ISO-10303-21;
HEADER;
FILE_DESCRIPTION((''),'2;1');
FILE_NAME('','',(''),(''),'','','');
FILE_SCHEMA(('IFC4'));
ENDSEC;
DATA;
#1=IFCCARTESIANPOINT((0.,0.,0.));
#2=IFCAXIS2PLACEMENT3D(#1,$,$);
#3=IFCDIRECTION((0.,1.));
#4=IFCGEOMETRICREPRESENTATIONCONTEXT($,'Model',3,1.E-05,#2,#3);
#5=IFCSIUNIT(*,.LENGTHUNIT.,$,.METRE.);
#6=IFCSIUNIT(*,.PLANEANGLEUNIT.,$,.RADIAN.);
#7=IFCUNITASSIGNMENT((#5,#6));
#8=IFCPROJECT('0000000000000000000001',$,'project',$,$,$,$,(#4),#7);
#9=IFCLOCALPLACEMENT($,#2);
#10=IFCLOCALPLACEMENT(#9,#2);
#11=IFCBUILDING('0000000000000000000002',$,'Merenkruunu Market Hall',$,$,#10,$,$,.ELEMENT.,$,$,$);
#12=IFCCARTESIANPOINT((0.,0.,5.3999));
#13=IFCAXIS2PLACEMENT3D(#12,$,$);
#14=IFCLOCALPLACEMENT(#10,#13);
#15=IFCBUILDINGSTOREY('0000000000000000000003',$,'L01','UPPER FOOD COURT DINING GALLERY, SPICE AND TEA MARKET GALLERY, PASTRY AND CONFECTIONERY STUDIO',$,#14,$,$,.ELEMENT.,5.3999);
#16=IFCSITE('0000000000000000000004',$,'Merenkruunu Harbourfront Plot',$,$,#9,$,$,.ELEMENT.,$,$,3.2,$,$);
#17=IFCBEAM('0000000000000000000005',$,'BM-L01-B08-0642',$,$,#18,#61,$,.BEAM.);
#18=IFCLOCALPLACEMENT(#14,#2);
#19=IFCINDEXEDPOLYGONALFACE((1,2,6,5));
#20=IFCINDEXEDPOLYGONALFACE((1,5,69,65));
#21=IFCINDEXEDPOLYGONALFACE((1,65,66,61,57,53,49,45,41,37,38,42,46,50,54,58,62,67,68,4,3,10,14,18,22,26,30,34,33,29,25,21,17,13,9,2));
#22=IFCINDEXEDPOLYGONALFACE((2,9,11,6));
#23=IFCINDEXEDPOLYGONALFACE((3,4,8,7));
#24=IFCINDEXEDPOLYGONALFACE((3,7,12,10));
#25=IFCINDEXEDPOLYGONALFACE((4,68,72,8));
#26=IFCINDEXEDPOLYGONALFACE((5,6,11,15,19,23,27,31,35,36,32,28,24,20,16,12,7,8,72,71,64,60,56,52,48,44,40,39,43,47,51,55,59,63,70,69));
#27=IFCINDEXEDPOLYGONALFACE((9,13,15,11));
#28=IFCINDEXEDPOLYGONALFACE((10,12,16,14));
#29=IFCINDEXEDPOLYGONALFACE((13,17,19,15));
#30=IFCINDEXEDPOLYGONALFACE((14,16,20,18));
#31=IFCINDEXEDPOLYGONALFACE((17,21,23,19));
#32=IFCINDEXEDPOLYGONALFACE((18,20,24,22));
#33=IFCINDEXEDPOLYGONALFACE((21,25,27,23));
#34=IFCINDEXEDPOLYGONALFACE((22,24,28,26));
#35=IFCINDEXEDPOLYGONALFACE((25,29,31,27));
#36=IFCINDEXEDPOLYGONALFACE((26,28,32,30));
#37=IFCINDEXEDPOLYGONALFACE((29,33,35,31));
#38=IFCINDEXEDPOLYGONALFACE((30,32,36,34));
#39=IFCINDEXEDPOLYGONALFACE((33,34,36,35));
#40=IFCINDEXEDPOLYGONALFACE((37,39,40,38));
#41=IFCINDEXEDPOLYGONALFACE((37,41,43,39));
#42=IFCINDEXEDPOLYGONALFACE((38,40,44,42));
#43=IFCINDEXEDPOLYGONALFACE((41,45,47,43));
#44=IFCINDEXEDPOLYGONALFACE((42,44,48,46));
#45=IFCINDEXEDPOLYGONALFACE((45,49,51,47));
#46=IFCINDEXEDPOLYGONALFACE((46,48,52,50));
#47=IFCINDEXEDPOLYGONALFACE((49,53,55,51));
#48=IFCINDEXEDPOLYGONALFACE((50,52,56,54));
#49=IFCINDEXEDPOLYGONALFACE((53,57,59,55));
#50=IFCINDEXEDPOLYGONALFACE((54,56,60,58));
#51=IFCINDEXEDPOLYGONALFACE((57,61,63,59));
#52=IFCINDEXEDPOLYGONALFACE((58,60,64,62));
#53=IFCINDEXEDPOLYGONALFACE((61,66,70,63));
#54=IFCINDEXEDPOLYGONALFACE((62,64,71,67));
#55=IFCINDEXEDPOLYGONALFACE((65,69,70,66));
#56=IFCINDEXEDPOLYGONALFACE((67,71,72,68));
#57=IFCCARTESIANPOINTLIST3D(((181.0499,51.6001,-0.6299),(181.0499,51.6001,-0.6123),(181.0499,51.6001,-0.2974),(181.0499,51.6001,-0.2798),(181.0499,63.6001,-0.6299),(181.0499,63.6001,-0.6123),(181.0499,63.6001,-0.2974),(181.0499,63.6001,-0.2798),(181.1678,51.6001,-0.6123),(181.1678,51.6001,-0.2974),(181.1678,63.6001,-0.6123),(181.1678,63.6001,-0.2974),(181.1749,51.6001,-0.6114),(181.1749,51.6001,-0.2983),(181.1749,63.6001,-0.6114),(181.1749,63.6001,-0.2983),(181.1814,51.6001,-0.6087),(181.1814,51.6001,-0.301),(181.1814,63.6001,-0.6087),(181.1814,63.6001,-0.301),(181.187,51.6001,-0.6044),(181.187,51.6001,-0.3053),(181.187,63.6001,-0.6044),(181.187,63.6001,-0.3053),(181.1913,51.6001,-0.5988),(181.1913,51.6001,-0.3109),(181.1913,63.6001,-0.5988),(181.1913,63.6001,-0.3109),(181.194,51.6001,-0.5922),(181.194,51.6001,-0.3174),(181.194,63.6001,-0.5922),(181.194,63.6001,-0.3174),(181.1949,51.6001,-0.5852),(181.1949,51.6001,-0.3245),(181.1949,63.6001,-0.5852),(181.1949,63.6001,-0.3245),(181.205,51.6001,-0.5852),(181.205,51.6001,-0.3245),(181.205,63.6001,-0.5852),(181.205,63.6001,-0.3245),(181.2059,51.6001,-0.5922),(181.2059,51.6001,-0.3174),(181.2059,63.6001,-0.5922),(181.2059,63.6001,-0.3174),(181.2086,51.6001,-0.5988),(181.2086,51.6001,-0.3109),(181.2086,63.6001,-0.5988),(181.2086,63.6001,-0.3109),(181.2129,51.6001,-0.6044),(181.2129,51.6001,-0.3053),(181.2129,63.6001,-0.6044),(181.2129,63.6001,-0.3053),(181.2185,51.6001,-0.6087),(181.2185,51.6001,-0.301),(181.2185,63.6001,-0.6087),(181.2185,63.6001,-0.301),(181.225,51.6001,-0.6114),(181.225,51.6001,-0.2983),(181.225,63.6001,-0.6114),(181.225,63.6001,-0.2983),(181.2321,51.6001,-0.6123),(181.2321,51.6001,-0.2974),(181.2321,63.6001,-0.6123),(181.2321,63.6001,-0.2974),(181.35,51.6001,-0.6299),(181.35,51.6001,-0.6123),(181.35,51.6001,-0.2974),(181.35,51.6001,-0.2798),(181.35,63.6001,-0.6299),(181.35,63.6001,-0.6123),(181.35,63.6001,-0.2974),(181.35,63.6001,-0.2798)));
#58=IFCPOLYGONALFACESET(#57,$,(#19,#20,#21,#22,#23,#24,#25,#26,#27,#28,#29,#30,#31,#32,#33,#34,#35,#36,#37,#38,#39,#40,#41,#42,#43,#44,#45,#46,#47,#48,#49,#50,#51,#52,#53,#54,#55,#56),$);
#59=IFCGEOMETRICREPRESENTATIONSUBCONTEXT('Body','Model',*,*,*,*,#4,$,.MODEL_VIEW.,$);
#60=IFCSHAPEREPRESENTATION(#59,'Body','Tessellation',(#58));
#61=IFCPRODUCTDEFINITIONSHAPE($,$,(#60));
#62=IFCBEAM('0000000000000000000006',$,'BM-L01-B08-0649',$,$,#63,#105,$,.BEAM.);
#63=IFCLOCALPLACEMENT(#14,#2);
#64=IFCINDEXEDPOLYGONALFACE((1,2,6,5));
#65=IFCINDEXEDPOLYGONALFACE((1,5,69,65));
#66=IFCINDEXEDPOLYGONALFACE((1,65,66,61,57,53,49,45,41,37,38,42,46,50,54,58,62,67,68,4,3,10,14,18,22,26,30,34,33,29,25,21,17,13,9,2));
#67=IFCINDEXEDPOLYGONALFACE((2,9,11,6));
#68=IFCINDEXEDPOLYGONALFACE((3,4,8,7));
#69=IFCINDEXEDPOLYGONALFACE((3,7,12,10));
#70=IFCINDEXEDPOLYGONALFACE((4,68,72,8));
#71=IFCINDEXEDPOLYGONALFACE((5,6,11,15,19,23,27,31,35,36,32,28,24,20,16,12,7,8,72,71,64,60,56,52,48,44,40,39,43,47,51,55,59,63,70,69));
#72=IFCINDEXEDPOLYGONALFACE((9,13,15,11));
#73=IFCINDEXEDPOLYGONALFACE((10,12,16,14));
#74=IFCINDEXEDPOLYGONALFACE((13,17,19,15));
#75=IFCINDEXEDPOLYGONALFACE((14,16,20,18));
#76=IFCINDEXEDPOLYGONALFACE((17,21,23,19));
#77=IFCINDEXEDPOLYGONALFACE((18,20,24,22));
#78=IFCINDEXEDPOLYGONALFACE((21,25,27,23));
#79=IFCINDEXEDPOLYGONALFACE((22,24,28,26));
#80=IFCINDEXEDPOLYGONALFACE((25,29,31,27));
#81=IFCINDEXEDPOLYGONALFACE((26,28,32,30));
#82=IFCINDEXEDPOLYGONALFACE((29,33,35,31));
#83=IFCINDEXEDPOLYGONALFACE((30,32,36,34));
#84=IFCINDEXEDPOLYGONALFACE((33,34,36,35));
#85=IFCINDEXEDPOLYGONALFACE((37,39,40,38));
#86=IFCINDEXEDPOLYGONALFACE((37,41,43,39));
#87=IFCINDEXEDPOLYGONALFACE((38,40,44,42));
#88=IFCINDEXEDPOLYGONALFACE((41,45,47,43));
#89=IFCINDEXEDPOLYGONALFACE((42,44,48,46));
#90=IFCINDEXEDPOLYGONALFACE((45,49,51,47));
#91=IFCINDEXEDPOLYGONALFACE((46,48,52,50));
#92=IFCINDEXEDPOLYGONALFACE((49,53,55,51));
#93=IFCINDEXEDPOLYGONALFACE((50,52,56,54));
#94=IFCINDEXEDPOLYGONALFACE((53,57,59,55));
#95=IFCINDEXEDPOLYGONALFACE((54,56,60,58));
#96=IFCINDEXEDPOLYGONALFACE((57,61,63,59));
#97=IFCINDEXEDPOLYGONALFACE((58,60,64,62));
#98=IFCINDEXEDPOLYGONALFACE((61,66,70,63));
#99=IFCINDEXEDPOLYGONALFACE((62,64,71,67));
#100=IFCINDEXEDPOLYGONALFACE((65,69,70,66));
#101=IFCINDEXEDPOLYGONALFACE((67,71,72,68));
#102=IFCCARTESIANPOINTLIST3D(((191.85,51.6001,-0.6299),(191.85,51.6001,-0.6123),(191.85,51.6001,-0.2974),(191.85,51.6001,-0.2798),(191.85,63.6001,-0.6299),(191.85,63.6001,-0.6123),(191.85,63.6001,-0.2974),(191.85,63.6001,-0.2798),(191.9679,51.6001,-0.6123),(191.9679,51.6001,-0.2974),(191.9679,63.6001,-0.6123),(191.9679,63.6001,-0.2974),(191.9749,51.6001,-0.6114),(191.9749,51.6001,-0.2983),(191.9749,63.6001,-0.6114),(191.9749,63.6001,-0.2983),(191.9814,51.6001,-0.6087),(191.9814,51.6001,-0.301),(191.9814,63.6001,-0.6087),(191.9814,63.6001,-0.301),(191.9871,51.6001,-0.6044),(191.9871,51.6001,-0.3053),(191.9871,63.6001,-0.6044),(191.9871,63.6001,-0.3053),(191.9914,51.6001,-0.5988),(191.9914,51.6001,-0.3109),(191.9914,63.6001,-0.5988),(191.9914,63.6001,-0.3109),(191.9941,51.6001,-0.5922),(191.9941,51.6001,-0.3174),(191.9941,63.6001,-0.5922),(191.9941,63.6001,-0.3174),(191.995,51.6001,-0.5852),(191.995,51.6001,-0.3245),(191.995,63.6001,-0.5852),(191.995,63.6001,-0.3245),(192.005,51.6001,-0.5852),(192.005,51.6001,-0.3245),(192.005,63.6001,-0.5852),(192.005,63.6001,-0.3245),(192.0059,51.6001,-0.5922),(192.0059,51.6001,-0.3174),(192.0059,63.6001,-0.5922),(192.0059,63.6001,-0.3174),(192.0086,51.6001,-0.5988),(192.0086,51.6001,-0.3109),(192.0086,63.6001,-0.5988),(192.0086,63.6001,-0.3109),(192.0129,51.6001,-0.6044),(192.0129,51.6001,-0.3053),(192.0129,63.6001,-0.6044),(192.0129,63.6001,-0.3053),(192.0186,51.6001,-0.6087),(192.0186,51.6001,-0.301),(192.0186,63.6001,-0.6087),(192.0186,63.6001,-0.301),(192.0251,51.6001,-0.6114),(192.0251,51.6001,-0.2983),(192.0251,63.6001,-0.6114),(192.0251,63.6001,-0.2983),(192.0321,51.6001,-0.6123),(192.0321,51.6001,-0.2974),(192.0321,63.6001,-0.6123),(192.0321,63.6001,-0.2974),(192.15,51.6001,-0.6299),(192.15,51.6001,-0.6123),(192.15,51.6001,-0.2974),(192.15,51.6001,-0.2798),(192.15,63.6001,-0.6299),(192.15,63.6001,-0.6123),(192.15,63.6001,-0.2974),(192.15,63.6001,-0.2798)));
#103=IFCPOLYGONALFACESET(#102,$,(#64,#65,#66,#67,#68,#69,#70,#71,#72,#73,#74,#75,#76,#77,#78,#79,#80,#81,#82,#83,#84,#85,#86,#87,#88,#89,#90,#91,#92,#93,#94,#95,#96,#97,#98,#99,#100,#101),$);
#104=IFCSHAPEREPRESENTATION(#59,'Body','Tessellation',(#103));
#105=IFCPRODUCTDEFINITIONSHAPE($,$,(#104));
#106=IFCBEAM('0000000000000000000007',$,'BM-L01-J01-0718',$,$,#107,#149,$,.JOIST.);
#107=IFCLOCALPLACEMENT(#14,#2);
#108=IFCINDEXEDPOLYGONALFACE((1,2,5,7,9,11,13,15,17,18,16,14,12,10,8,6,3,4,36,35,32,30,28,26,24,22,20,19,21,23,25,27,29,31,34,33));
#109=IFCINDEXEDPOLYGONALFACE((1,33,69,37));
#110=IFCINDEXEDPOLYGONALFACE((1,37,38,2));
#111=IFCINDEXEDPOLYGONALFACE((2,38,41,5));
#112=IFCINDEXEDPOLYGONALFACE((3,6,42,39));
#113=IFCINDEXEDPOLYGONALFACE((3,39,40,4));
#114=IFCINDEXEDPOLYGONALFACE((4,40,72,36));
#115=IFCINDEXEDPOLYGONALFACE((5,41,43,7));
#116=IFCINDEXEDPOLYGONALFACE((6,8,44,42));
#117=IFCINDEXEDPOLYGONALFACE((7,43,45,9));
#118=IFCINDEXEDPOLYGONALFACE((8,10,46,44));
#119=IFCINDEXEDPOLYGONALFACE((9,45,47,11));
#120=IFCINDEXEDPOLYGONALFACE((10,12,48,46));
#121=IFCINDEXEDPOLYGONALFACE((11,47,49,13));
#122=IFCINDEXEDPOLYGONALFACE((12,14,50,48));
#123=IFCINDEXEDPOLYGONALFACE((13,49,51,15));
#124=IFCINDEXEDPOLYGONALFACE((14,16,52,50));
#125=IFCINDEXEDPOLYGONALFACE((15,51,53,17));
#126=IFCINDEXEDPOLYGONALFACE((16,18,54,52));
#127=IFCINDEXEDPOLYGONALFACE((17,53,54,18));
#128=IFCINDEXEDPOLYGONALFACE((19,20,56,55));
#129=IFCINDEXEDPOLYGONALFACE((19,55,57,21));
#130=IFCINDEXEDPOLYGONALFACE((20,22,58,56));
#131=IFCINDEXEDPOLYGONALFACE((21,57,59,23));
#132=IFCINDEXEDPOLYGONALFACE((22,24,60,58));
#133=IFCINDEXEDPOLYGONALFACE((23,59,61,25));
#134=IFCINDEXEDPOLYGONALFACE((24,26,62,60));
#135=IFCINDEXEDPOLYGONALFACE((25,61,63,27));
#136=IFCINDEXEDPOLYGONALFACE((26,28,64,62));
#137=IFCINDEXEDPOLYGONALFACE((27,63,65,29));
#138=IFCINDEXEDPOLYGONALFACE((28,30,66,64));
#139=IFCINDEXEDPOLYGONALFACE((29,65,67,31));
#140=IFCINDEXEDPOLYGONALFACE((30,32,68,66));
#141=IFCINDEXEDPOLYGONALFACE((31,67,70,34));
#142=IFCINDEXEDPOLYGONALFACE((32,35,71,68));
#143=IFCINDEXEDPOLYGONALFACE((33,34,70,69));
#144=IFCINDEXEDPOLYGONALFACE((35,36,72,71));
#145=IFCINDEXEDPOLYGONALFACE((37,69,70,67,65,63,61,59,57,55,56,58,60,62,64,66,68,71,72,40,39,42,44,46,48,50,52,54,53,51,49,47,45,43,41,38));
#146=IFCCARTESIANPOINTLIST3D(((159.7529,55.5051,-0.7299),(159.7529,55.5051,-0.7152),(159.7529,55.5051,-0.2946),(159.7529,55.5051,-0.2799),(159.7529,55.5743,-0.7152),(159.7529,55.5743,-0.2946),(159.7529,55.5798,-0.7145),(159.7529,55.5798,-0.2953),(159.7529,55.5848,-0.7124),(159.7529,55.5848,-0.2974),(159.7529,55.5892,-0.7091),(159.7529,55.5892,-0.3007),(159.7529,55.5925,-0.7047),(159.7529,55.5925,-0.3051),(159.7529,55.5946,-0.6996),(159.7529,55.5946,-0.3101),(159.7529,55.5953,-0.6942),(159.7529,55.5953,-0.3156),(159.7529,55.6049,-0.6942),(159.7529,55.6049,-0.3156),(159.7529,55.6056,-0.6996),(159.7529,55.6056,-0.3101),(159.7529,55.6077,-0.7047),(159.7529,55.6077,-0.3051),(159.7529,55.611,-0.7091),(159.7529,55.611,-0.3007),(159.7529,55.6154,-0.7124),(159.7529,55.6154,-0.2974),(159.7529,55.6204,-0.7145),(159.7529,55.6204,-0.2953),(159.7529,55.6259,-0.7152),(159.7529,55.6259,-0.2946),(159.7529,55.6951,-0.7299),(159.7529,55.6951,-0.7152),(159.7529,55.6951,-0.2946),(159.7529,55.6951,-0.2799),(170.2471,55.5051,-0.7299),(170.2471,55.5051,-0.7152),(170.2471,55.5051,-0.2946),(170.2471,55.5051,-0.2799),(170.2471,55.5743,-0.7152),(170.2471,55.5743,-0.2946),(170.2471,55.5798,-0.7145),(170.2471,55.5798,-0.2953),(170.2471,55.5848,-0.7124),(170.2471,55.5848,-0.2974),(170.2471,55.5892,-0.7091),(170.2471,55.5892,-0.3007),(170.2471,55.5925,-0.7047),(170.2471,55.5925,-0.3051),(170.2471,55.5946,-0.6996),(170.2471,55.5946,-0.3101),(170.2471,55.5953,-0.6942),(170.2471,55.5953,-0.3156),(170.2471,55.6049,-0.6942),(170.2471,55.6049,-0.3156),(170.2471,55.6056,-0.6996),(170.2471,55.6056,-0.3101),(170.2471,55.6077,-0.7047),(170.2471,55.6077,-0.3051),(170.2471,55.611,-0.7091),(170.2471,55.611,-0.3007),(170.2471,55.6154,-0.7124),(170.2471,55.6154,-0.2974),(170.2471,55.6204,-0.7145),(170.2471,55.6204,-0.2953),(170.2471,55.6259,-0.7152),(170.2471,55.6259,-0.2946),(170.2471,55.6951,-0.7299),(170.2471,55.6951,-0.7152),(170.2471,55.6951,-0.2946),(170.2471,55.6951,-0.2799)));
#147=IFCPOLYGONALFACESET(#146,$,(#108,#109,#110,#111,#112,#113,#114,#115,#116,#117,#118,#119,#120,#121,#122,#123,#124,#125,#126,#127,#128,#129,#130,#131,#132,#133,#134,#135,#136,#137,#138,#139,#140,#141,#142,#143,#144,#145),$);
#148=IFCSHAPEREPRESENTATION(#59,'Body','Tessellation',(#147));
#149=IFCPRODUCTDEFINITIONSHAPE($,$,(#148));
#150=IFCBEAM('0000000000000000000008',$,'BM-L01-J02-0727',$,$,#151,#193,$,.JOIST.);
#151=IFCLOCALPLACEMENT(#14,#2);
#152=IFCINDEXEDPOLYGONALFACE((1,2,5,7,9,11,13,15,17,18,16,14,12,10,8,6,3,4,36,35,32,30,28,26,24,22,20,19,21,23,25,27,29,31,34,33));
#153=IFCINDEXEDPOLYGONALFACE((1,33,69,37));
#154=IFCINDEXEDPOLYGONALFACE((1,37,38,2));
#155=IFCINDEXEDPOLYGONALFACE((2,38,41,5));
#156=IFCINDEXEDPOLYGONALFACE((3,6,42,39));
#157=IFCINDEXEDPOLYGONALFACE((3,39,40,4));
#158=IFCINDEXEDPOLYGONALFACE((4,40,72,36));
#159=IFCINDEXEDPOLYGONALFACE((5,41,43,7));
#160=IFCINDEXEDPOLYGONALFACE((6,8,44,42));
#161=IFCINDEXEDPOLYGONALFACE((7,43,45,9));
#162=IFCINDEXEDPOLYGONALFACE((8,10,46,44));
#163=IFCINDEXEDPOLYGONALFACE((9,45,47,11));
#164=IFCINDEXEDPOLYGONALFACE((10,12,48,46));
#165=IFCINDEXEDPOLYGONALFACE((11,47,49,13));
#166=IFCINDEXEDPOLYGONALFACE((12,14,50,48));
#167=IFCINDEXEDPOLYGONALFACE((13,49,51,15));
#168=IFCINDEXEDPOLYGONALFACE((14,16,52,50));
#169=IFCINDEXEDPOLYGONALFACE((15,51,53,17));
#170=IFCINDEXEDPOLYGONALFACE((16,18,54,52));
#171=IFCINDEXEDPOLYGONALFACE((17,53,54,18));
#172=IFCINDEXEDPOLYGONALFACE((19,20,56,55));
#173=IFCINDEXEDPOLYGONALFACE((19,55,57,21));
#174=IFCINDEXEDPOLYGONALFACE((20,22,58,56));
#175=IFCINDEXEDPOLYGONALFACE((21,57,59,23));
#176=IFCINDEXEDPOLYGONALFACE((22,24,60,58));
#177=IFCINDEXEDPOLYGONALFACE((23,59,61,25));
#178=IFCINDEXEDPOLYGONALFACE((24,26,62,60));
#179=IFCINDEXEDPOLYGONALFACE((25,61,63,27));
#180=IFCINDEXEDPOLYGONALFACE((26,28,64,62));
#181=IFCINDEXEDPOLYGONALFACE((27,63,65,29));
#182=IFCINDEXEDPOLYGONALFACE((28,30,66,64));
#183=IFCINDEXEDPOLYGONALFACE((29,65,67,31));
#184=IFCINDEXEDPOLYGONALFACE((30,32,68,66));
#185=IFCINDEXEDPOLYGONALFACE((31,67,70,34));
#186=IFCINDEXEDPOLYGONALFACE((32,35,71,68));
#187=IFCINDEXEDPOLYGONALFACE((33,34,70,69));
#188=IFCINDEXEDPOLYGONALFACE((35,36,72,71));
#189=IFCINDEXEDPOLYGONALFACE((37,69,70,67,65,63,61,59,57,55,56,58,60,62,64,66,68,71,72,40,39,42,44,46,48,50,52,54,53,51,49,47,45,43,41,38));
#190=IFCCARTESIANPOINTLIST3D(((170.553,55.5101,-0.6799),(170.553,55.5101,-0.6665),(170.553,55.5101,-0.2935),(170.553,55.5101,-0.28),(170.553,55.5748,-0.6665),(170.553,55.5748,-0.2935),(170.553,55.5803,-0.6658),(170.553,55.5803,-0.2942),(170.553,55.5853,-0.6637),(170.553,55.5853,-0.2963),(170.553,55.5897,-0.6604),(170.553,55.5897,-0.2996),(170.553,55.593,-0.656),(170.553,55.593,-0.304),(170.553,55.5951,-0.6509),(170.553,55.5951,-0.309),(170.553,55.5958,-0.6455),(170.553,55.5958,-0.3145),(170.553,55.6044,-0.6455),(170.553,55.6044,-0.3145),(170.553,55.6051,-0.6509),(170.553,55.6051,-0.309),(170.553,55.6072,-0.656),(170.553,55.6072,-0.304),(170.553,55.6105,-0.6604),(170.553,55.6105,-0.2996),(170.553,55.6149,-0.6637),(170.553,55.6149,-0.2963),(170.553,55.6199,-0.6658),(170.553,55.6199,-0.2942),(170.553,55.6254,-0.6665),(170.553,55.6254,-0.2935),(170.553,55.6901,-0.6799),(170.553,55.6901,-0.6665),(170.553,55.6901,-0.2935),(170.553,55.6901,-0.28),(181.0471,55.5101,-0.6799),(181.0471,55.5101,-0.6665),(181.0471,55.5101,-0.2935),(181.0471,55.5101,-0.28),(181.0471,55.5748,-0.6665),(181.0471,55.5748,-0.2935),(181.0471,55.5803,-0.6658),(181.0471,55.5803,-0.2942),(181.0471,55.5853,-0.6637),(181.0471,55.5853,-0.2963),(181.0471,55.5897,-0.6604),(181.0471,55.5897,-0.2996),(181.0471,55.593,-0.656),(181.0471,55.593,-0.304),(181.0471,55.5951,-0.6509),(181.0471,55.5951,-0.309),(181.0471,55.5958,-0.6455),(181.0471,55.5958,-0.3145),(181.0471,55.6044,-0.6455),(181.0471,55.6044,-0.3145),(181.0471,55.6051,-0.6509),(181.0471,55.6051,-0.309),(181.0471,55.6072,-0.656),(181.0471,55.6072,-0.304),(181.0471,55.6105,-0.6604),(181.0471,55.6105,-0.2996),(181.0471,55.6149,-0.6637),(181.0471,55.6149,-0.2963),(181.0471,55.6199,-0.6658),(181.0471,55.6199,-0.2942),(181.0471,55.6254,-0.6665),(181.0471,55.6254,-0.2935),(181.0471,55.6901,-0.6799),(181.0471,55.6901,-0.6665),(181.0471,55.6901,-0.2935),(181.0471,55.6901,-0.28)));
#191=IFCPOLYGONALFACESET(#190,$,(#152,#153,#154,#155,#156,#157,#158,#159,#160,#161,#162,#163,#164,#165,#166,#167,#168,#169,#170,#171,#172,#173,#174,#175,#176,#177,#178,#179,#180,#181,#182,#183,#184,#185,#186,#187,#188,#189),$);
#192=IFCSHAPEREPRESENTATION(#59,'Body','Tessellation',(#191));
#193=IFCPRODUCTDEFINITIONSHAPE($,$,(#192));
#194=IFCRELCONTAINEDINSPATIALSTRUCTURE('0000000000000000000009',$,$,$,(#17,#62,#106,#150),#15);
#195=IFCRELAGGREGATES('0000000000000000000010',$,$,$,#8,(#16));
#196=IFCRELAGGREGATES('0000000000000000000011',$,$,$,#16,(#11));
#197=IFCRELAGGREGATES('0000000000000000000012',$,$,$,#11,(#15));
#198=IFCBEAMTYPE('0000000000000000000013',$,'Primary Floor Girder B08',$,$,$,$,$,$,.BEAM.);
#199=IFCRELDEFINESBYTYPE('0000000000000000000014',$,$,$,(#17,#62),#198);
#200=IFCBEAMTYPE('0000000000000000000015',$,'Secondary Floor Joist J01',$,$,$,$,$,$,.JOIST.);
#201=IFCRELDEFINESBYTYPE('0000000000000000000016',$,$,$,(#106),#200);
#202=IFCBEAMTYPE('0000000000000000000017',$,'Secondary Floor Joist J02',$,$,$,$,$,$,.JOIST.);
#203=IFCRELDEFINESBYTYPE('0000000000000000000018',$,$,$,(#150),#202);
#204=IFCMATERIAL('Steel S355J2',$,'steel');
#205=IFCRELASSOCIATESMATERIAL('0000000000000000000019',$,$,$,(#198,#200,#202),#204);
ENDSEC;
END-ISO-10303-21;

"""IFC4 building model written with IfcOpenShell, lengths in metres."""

from ifc_helpers import new_model, si_unit, direction, frame, origin, origin_2d, place, context, subcontext, project, spatial, i_section, extrude, material, material_profile, profile_set, type_object, element, save


model = new_model("IFC4")

# Units and contexts
model_context = context("Model", 3, precision=1e-05, world=origin(), true_north=direction((0.0, 1.0)))
body_context = subcontext(model_context, "Body", "Model", "MODEL_VIEW")
ifc_project = project(units=[si_unit("LENGTHUNIT", "METRE"), si_unit("PLANEANGLEUNIT", "RADIAN")], contexts=[model_context])

# Site, building, storey
site_placement = place(None, origin())
site = spatial("IfcSite", under=ifc_project, at=site_placement, Name="Merenkruunu Harbourfront Plot", CompositionType="ELEMENT", RefElevation=3.2)
building_placement = place(site_placement, origin())
building = spatial("IfcBuilding", under=site, at=building_placement, Name="Merenkruunu Market Hall", CompositionType="ELEMENT")
storey_placement = place(building_placement, frame((0.0, 0.0, 5.3999)))
storey = spatial("IfcBuildingStorey", under=building, at=storey_placement, Name="L01", Description="UPPER FOOD COURT DINING GALLERY, SPICE AND TEA MARKET GALLERY, PASTRY AND CONFECTIONERY STUDIO", CompositionType="ELEMENT", Elevation=5.3999)

# Shared definitions
ifc_material_1 = material(Name="Steel S355J2", Category="steel")

# Beams
ifc_material_profile_1 = material_profile(ifc_material_1, i_section(OverallWidth=0.3, OverallDepth=0.3501, WebThickness=0.01, FlangeThickness=0.0176, FilletRadius=0.0271, at=origin_2d()), Name="HEA 360")
ifc_profile_set_1 = profile_set([ifc_material_profile_1], Name="Steel S355J2")
beam_type_1 = type_object("IfcBeamType", Name="Primary Floor Girder B08", PredefinedType="BEAM", material=ifc_profile_set_1)
for number, where, z_axis, x_axis, name in (
    (1, (181.2, 51.6001, -0.4548), (0.0, 1.0, 0.0), (-1.0, 0.0, 0.0), "BM-L01-B08-0642"),
    (2, (192.0, 51.6001, -0.4548), (0.0, 1.0, 0.0), (-1.0, 0.0, 0.0), "BM-L01-B08-0649"),
):
    element("IfcBeam", number, at=place(storey_placement, frame(where, z_axis=z_axis, x_axis=x_axis)), inside=storey, type_object=beam_type_1, Name=name, PredefinedType="BEAM", context=body_context, shape_type="SweptSolid", body=[
        extrude(i_section(OverallWidth=0.3, OverallDepth=0.3501, WebThickness=0.01, FlangeThickness=0.0176, FilletRadius=0.0271, at=origin_2d()), origin(), (0.0, 0.0, 1.0), 12.0),
    ])
ifc_material_profile_2 = material_profile(ifc_material_1, i_section(OverallWidth=0.1899, OverallDepth=0.45, WebThickness=0.0095, FlangeThickness=0.0146, FilletRadius=0.021, at=origin_2d()), Name="IPE 450")
ifc_profile_set_2 = profile_set([ifc_material_profile_2], Name="Steel S355J2")
beam_type_2 = type_object("IfcBeamType", Name="Secondary Floor Joist J01", PredefinedType="JOIST", material=ifc_profile_set_2)
beam_1_placement = place(storey_placement, frame((159.7529, 55.6001, -0.5049), z_axis=(1.0, 0.0, 0.0), x_axis=(0.0, 1.0, 0.0)))
element("IfcBeam", 3, at=beam_1_placement, inside=storey, type_object=beam_type_2, Name="BM-L01-J01-0718", PredefinedType="JOIST", context=body_context, shape_type="SweptSolid", body=[
    extrude(i_section(OverallWidth=0.1899, OverallDepth=0.45, WebThickness=0.0095, FlangeThickness=0.0146, FilletRadius=0.021, at=origin_2d()), origin(), (0.0, 0.0, 1.0), 10.4941),
])
ifc_material_profile_3 = material_profile(ifc_material_1, i_section(OverallWidth=0.1799, OverallDepth=0.3999, WebThickness=0.0085, FlangeThickness=0.0134, FilletRadius=0.021, at=origin_2d()), Name="IPE 400")
ifc_profile_set_3 = profile_set([ifc_material_profile_3], Name="Steel S355J2")
beam_type_3 = type_object("IfcBeamType", Name="Secondary Floor Joist J02", PredefinedType="JOIST", material=ifc_profile_set_3)
beam_2_placement = place(storey_placement, frame((170.553, 55.6001, -0.48), z_axis=(1.0, 0.0, 0.0), x_axis=(0.0, 1.0, 0.0)))
element("IfcBeam", 4, at=beam_2_placement, inside=storey, type_object=beam_type_3, Name="BM-L01-J02-0727", PredefinedType="JOIST", context=body_context, shape_type="SweptSolid", body=[
    extrude(i_section(OverallWidth=0.1799, OverallDepth=0.3999, WebThickness=0.0085, FlangeThickness=0.0134, FilletRadius=0.021, at=origin_2d()), origin(), (0.0, 0.0, 1.0), 10.4941),
])

save(model, "model.ifc")
